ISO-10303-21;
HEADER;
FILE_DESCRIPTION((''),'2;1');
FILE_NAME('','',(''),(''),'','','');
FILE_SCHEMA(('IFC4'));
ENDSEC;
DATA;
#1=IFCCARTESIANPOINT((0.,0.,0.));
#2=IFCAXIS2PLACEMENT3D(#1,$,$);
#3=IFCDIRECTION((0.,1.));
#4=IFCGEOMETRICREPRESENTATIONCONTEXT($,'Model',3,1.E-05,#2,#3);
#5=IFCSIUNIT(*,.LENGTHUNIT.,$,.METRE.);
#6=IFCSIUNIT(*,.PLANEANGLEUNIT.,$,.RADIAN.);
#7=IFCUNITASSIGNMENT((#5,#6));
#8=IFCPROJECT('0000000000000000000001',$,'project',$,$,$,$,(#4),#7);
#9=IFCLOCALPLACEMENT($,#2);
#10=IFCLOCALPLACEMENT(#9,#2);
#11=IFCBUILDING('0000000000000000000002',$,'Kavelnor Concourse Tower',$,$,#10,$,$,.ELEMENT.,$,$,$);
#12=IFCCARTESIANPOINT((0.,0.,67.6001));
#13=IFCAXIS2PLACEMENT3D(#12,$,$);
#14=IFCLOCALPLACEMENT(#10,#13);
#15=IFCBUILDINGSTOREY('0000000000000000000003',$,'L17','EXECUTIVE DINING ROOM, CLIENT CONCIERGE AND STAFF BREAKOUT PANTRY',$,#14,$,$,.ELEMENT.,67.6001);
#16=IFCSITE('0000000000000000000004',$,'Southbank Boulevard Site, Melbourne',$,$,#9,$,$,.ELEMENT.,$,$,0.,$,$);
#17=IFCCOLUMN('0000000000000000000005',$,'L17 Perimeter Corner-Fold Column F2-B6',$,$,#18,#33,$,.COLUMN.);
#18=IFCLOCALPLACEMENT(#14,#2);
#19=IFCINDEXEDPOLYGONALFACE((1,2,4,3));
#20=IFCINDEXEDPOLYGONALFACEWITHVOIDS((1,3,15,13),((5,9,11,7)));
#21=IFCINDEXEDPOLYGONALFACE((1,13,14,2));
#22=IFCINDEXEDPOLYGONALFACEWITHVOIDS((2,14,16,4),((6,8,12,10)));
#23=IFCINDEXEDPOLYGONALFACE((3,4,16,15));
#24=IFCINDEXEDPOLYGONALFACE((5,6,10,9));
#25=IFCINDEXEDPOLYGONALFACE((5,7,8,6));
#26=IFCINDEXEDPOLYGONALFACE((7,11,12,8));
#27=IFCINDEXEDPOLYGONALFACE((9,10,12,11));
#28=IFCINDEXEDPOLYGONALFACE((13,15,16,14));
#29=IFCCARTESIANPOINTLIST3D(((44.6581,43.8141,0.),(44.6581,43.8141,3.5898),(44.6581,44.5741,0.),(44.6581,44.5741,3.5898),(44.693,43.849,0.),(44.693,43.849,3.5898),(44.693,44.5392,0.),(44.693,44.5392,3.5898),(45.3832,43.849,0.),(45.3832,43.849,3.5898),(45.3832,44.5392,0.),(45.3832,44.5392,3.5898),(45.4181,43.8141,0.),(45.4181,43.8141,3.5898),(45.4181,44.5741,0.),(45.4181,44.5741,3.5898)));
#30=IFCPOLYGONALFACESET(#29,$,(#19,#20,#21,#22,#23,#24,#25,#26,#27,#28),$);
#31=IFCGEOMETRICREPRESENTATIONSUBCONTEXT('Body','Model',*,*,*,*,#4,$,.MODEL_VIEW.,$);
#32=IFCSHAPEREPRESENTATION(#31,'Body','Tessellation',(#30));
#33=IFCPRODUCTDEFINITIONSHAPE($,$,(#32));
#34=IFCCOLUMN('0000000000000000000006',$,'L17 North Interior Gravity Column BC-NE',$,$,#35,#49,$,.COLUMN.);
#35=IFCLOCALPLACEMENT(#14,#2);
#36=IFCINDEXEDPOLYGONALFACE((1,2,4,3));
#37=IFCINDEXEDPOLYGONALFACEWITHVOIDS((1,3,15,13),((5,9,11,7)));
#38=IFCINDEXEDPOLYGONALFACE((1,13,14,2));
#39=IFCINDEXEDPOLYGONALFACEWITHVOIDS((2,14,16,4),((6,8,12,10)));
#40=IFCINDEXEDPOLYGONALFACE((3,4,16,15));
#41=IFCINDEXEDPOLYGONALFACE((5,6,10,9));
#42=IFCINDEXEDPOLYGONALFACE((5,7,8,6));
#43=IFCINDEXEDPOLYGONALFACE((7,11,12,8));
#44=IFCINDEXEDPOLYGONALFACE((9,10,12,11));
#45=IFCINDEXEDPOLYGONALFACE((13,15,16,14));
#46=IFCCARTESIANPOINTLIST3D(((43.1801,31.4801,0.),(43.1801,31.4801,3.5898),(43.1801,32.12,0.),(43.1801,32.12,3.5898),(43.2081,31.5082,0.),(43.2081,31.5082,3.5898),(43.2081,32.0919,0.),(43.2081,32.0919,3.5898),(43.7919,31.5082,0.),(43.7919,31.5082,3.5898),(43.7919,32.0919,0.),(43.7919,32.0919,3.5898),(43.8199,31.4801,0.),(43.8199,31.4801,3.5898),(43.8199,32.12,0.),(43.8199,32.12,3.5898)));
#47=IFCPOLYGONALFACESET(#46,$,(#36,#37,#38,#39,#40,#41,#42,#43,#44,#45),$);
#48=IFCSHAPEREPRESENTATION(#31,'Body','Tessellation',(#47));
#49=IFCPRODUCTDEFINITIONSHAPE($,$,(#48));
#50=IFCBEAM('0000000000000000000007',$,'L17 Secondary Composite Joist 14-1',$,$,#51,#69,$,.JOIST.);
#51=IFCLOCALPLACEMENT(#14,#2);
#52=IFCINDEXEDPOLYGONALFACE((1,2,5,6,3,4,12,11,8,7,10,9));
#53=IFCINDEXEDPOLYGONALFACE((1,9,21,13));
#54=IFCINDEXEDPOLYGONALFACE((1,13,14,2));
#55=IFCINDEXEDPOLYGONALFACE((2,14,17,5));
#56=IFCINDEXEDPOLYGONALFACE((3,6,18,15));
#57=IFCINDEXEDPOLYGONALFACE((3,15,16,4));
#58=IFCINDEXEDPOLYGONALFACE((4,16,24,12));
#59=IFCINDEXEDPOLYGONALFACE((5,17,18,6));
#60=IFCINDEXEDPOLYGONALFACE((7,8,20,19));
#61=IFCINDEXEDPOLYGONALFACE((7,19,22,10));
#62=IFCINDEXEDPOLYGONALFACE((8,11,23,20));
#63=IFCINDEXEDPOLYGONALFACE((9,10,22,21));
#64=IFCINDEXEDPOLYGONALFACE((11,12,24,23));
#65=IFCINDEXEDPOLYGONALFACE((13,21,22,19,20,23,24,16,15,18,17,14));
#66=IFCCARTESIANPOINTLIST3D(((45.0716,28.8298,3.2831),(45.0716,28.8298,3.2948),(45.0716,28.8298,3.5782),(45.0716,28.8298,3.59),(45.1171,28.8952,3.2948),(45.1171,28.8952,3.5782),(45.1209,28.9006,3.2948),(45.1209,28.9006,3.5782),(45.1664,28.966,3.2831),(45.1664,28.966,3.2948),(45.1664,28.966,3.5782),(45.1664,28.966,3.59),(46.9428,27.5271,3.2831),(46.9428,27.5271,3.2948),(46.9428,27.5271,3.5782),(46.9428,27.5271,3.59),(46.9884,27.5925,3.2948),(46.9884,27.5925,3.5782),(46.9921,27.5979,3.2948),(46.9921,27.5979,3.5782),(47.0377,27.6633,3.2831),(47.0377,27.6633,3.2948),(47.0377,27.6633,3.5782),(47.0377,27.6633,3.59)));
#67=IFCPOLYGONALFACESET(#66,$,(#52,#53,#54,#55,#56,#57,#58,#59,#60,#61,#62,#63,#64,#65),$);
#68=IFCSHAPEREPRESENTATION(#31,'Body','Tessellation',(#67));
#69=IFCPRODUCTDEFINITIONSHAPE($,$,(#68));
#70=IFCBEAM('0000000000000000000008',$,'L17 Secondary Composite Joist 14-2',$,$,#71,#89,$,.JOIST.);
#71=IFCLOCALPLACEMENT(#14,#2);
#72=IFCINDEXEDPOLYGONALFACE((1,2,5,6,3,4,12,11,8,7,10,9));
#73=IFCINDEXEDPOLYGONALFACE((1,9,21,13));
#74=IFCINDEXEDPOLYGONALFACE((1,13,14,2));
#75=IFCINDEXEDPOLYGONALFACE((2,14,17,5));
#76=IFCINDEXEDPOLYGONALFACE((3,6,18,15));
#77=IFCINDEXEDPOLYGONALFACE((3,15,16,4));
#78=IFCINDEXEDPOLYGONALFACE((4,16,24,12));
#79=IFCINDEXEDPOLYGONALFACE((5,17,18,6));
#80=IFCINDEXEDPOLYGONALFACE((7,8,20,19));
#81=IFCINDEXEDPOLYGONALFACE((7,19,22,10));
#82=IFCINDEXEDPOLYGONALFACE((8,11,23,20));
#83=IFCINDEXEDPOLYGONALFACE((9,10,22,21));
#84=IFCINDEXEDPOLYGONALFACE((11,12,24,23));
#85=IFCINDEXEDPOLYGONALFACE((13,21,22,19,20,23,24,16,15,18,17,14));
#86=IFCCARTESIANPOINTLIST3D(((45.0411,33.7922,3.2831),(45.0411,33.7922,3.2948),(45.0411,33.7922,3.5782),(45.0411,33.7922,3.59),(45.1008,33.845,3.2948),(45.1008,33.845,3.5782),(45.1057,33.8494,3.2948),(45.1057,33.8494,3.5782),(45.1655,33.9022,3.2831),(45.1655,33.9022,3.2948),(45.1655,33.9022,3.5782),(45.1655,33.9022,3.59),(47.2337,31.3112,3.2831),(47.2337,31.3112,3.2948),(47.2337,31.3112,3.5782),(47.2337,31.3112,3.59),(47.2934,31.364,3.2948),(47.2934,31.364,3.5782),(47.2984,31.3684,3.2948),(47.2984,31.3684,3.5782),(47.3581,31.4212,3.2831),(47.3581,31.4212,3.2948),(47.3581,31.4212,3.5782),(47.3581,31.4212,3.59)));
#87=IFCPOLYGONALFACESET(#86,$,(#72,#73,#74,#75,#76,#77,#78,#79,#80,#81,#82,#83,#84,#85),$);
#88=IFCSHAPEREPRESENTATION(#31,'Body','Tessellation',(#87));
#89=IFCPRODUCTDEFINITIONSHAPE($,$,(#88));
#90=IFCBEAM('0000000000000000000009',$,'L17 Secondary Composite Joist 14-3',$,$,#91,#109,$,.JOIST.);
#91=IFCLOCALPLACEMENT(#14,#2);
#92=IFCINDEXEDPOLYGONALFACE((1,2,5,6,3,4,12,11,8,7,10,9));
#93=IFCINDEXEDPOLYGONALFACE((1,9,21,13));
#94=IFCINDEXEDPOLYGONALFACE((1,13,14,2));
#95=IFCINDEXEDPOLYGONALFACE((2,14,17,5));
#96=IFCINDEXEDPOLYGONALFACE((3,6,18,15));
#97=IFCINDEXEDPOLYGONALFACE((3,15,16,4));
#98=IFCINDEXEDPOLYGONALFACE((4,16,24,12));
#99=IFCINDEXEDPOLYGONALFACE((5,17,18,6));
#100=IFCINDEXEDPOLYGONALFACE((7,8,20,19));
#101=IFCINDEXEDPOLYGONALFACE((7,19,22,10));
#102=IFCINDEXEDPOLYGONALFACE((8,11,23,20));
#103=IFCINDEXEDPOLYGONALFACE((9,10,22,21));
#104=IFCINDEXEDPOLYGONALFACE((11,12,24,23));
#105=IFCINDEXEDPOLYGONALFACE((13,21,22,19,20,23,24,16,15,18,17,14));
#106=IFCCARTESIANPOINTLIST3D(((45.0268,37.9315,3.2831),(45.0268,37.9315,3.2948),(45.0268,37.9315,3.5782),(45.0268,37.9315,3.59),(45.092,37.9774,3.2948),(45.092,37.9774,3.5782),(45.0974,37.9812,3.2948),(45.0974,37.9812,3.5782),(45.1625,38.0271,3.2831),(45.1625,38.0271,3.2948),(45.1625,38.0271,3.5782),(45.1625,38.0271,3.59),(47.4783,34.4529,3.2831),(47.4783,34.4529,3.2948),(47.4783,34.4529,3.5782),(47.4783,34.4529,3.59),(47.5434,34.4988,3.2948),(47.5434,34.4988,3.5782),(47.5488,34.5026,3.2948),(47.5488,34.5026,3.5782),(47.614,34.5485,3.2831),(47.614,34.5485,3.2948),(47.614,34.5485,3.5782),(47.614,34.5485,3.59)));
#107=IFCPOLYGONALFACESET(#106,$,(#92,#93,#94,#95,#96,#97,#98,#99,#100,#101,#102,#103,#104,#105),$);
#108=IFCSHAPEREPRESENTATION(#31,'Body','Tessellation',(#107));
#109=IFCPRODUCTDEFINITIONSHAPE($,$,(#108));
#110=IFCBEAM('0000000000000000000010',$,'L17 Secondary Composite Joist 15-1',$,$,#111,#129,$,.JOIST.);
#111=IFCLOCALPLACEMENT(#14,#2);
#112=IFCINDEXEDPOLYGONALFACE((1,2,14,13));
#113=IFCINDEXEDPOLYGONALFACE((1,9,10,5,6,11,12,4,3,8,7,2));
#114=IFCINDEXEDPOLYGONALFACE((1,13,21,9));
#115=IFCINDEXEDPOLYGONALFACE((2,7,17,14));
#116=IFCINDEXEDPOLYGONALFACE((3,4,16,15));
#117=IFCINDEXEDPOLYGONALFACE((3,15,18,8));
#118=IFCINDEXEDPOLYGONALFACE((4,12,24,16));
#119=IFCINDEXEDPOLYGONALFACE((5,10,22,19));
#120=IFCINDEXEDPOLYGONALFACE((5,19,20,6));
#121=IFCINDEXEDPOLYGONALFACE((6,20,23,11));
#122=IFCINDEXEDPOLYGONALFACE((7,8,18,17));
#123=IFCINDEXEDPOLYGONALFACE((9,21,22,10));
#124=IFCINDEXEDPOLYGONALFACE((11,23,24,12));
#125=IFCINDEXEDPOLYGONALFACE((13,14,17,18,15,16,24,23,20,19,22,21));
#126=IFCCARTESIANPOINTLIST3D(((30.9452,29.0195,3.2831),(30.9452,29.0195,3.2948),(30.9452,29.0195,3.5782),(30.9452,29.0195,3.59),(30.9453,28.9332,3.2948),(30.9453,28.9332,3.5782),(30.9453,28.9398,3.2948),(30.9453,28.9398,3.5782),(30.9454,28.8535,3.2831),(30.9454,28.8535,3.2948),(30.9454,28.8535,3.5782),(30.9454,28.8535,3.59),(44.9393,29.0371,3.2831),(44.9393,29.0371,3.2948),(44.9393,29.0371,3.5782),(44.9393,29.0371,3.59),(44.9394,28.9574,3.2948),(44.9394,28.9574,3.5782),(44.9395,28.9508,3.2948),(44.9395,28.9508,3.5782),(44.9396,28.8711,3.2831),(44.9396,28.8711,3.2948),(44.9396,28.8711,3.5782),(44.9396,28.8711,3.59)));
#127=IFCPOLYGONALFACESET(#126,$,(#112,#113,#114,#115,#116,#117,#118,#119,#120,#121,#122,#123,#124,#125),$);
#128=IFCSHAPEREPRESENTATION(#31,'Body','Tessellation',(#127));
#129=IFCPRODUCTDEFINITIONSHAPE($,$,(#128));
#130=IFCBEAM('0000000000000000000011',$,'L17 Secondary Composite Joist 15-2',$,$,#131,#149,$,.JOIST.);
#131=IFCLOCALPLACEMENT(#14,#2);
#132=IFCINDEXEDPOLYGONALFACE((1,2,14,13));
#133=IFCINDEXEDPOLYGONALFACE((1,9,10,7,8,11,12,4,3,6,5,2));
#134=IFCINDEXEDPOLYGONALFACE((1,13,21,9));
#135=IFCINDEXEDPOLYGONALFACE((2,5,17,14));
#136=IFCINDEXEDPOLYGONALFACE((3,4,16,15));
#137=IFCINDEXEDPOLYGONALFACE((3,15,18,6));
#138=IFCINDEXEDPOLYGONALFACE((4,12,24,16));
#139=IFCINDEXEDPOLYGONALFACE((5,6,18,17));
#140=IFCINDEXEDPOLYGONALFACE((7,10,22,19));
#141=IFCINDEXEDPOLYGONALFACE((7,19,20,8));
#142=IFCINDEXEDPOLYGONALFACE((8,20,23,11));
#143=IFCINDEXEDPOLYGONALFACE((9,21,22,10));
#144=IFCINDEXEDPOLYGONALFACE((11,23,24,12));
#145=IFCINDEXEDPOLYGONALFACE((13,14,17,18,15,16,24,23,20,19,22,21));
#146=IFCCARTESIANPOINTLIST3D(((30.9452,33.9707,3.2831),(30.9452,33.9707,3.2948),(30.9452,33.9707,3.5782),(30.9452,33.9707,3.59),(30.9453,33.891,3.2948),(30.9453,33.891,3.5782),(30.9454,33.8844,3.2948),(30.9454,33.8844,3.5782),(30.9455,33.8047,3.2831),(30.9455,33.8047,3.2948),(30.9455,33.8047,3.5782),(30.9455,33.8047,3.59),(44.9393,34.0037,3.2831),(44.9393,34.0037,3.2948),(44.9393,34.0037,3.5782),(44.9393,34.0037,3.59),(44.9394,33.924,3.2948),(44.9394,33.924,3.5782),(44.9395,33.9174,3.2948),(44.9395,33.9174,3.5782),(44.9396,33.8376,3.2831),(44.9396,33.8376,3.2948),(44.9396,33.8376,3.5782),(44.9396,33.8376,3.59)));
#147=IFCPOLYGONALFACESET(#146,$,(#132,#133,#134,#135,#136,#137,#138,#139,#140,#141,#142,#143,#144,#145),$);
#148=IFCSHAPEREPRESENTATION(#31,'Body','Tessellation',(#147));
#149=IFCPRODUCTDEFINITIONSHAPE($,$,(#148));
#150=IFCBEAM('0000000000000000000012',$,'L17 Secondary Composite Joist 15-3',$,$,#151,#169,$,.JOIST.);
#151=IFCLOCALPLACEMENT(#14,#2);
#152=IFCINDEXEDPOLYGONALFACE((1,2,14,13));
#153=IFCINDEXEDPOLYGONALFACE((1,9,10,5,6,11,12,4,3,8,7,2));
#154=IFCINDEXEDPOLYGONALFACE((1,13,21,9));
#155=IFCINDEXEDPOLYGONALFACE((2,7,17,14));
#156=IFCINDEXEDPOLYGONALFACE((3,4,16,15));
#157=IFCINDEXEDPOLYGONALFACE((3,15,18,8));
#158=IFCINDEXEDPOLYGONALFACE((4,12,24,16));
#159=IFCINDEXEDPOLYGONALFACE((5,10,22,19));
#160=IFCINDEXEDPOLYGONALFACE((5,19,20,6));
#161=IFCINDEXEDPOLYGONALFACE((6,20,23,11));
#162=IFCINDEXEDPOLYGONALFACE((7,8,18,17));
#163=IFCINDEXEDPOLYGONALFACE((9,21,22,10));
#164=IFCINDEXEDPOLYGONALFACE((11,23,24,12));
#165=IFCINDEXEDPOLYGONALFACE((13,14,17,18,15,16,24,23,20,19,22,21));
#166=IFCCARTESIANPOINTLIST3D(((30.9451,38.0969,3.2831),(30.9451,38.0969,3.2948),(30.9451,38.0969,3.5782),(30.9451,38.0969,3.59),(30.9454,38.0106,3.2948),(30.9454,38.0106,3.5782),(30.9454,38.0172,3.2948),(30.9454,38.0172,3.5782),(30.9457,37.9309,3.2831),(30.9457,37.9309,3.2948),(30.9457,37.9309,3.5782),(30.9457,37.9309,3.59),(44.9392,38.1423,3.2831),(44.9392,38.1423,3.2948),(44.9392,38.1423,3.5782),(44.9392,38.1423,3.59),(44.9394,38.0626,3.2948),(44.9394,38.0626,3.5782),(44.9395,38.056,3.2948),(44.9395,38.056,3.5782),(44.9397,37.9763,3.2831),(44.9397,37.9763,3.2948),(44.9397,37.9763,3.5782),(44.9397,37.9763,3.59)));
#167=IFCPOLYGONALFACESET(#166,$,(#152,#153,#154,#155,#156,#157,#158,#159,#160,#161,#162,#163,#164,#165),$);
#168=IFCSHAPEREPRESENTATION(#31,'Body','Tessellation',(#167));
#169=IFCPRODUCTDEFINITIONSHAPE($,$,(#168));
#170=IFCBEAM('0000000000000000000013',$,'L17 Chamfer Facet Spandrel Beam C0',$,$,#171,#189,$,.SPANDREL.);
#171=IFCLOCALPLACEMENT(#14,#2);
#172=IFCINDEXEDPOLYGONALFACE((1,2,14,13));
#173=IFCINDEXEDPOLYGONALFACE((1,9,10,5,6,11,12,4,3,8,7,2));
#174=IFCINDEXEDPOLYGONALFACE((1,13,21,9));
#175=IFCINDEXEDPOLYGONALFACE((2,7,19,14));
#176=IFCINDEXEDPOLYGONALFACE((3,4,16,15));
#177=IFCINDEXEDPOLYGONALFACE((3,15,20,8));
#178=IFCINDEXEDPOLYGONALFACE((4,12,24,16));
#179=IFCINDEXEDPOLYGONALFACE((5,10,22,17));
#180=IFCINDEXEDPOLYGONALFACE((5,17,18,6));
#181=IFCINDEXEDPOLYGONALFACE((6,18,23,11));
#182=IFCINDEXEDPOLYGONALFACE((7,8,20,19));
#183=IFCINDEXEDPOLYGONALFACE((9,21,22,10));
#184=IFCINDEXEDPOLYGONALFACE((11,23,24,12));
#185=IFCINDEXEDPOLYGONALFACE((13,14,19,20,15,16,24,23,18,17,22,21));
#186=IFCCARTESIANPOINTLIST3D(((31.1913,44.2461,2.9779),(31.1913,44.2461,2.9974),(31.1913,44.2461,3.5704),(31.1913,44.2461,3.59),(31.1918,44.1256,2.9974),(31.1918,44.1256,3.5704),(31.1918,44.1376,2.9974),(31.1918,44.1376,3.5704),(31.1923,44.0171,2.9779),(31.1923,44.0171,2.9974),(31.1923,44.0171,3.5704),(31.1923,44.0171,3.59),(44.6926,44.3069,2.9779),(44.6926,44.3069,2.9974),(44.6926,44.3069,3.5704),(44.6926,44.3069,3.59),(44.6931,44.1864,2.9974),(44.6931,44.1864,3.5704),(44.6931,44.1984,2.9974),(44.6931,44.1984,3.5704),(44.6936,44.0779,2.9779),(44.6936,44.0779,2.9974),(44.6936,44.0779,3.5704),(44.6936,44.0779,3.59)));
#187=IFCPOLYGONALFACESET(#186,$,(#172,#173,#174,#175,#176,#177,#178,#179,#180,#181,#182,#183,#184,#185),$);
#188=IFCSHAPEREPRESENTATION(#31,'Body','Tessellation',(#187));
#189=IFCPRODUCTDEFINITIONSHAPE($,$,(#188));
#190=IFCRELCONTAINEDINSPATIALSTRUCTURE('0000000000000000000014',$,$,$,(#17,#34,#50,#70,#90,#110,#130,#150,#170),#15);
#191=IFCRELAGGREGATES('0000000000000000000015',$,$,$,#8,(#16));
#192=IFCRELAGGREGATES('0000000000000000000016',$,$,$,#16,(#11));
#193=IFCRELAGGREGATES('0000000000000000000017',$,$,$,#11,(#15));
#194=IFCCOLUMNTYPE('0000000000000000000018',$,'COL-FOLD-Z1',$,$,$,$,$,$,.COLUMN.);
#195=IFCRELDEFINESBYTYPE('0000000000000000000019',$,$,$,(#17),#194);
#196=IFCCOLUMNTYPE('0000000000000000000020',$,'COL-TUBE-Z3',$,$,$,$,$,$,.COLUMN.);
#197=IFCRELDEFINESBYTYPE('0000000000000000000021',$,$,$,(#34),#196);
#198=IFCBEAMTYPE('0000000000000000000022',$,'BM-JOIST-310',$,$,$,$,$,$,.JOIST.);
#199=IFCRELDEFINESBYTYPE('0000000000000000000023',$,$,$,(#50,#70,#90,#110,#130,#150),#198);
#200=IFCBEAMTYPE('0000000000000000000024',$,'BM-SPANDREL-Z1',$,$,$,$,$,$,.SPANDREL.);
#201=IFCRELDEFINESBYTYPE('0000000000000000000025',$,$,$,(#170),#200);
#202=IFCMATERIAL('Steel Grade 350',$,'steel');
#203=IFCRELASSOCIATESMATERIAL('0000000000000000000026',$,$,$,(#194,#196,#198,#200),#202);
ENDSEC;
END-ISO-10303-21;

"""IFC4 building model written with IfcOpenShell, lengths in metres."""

from ifc_helpers import new_model, si_unit, direction, frame, origin, origin_2d, place, context, subcontext, project, spatial, hollow_rectangle, i_section, extrude, material, material_profile, profile_set, type_object, element, save


model = new_model("IFC4")

# Units and contexts
model_context = context("Model", 3, precision=1e-05, world=origin(), true_north=direction((0.0, 1.0)))
body_context = subcontext(model_context, "Body", "Model", "MODEL_VIEW")
ifc_project = project(units=[si_unit("LENGTHUNIT", "METRE"), si_unit("PLANEANGLEUNIT", "RADIAN")], contexts=[model_context])

# Site, building, storey
site_placement = place(None, origin())
site = spatial("IfcSite", under=ifc_project, at=site_placement, Name="Southbank Boulevard Site, Melbourne", CompositionType="ELEMENT", RefElevation=0.0)
building_placement = place(site_placement, origin())
building = spatial("IfcBuilding", under=site, at=building_placement, Name="Kavelnor Concourse Tower", CompositionType="ELEMENT")
storey_placement = place(building_placement, frame((0.0, 0.0, 67.6001)))
storey = spatial("IfcBuildingStorey", under=building, at=storey_placement, Name="L17", Description="EXECUTIVE DINING ROOM, CLIENT CONCIERGE AND STAFF BREAKOUT PANTRY", CompositionType="ELEMENT", Elevation=67.6001)

# Columns
ifc_material_1 = material(Name="Steel Grade 350", Category="steel")
ifc_material_profile_1 = material_profile(ifc_material_1, hollow_rectangle(XDim=0.76, YDim=0.76, WallThickness=0.0349, at=origin_2d()), Name="SHS 760x760x35")
ifc_profile_set_1 = profile_set([ifc_material_profile_1], Name="Steel Grade 350")
column_type_1 = type_object("IfcColumnType", Name="COL-FOLD-Z1", PredefinedType="COLUMN", material=ifc_profile_set_1)
column_1_placement = place(storey_placement, frame((45.0381, 44.1941, 0.0), z_axis=(0.0, 0.0, 1.0), x_axis=(1.0, 0.0, 0.0)))
element("IfcColumn", 1, at=column_1_placement, inside=storey, type_object=column_type_1, Name="L17 Perimeter Corner-Fold Column F2-B6", PredefinedType="COLUMN", context=body_context, shape_type="SweptSolid", body=[
    extrude(hollow_rectangle(XDim=0.76, YDim=0.76, WallThickness=0.0349, at=origin_2d()), origin(), (0.0, 0.0, 1.0), 3.5898),
])
ifc_material_profile_2 = material_profile(ifc_material_1, hollow_rectangle(XDim=0.6399, YDim=0.6399, WallThickness=0.0281, at=origin_2d()), Name="SHS 640x640x28")
ifc_profile_set_2 = profile_set([ifc_material_profile_2], Name="Steel Grade 350")
column_type_2 = type_object("IfcColumnType", Name="COL-TUBE-Z3", PredefinedType="COLUMN", material=ifc_profile_set_2)
column_2_placement = place(storey_placement, frame((43.5, 31.8, 0.0), z_axis=(0.0, 0.0, 1.0), x_axis=(1.0, 0.0, 0.0)))
element("IfcColumn", 2, at=column_2_placement, inside=storey, type_object=column_type_2, Name="L17 North Interior Gravity Column BC-NE", PredefinedType="COLUMN", context=body_context, shape_type="SweptSolid", body=[
    extrude(hollow_rectangle(XDim=0.6399, YDim=0.6399, WallThickness=0.0281, at=origin_2d()), origin(), (0.0, 0.0, 1.0), 3.5898),
])

# Beams
ifc_material_profile_3 = material_profile(ifc_material_1, i_section(OverallWidth=0.166, OverallDepth=0.3069, WebThickness=0.0066, FlangeThickness=0.0117, at=origin_2d()), Name="310UB46")
ifc_profile_set_3 = profile_set([ifc_material_profile_3], Name="Steel Grade 350")
beam_type_1 = type_object("IfcBeamType", Name="BM-JOIST-310", PredefinedType="JOIST", material=ifc_profile_set_3)
beam_1_placement = place(storey_placement, frame((46.9902, 27.5952, 3.4365), z_axis=(-0.820713, 0.571341, 0.0), x_axis=(-0.571341, -0.820713, 0.0)))
element("IfcBeam", 3, at=beam_1_placement, inside=storey, type_object=beam_type_1, Name="L17 Secondary Composite Joist 14-1", PredefinedType="JOIST", context=body_context, shape_type="SweptSolid", body=[
    extrude(i_section(OverallWidth=0.166, OverallDepth=0.3069, WebThickness=0.0066, FlangeThickness=0.0117, at=origin_2d()), origin(), (0.0, 0.0, 1.0), 2.28),
])
beam_2_placement = place(storey_placement, frame((47.2959, 31.3662, 3.4365), z_axis=(-0.662224, 0.749306, 0.0), x_axis=(-0.749306, -0.662224, 0.0)))
element("IfcBeam", 4, at=beam_2_placement, inside=storey, type_object=beam_type_1, Name="L17 Secondary Composite Joist 14-2", PredefinedType="JOIST", context=body_context, shape_type="SweptSolid", body=[
    extrude(i_section(OverallWidth=0.166, OverallDepth=0.3069, WebThickness=0.0066, FlangeThickness=0.0117, at=origin_2d()), origin(), (0.0, 0.0, 1.0), 3.311),
])
beam_3_placement = place(storey_placement, frame((47.5461, 34.5007, 3.4365), z_axis=(-0.576055, 0.817411, 0.0), x_axis=(-0.817411, -0.576055, 0.0)))
element("IfcBeam", 5, at=beam_3_placement, inside=storey, type_object=beam_type_1, Name="L17 Secondary Composite Joist 14-3", PredefinedType="JOIST", context=body_context, shape_type="SweptSolid", body=[
    extrude(i_section(OverallWidth=0.166, OverallDepth=0.3069, WebThickness=0.0066, FlangeThickness=0.0117, at=origin_2d()), origin(), (0.0, 0.0, 1.0), 4.2556),
])
for number, where, z_axis, x_axis, name in (
    (6, (44.9395, 28.9541, 3.4365), (-0.999999, -0.001256, 0.0), (0.001256, -0.999999, 0.0), "L17 Secondary Composite Joist 15-1"),
    (7, (44.9395, 33.9207, 3.4365), (-0.999997, -0.002355, 0.0), (0.002355, -0.999997, 0.0), "L17 Secondary Composite Joist 15-2"),
    (8, (44.9395, 38.0593, 3.4365), (-0.999995, -0.003245, 0.0), (0.003245, -0.999995, 0.0), "L17 Secondary Composite Joist 15-3"),
):
    element("IfcBeam", number, at=place(storey_placement, frame(where, z_axis=z_axis, x_axis=x_axis)), inside=storey, type_object=beam_type_1, Name=name, PredefinedType="JOIST", context=body_context, shape_type="SweptSolid", body=[
        extrude(i_section(OverallWidth=0.166, OverallDepth=0.3069, WebThickness=0.0066, FlangeThickness=0.0117, at=origin_2d()), origin(), (0.0, 0.0, 1.0), 13.9941),
    ])
ifc_material_profile_4 = material_profile(ifc_material_1, i_section(OverallWidth=0.229, OverallDepth=0.6121, WebThickness=0.012, FlangeThickness=0.0195, at=origin_2d()), Name="610UB125")
ifc_profile_set_4 = profile_set([ifc_material_profile_4], Name="Steel Grade 350")
beam_type_2 = type_object("IfcBeamType", Name="BM-SPANDREL-Z1", PredefinedType="SPANDREL", material=ifc_profile_set_4)
beam_4_placement = place(storey_placement, frame((44.6931, 44.1924, 3.2839), z_axis=(-0.99999, -0.004503, 0.0), x_axis=(0.004503, -0.99999, 0.0)))
element("IfcBeam", 9, at=beam_4_placement, inside=storey, type_object=beam_type_2, Name="L17 Chamfer Facet Spandrel Beam C0", PredefinedType="SPANDREL", context=body_context, shape_type="SweptSolid", body=[
    extrude(i_section(OverallWidth=0.229, OverallDepth=0.6121, WebThickness=0.012, FlangeThickness=0.0195, at=origin_2d()), origin(), (0.0, 0.0, 1.0), 13.5015),
])

save(model, "model.ifc")
